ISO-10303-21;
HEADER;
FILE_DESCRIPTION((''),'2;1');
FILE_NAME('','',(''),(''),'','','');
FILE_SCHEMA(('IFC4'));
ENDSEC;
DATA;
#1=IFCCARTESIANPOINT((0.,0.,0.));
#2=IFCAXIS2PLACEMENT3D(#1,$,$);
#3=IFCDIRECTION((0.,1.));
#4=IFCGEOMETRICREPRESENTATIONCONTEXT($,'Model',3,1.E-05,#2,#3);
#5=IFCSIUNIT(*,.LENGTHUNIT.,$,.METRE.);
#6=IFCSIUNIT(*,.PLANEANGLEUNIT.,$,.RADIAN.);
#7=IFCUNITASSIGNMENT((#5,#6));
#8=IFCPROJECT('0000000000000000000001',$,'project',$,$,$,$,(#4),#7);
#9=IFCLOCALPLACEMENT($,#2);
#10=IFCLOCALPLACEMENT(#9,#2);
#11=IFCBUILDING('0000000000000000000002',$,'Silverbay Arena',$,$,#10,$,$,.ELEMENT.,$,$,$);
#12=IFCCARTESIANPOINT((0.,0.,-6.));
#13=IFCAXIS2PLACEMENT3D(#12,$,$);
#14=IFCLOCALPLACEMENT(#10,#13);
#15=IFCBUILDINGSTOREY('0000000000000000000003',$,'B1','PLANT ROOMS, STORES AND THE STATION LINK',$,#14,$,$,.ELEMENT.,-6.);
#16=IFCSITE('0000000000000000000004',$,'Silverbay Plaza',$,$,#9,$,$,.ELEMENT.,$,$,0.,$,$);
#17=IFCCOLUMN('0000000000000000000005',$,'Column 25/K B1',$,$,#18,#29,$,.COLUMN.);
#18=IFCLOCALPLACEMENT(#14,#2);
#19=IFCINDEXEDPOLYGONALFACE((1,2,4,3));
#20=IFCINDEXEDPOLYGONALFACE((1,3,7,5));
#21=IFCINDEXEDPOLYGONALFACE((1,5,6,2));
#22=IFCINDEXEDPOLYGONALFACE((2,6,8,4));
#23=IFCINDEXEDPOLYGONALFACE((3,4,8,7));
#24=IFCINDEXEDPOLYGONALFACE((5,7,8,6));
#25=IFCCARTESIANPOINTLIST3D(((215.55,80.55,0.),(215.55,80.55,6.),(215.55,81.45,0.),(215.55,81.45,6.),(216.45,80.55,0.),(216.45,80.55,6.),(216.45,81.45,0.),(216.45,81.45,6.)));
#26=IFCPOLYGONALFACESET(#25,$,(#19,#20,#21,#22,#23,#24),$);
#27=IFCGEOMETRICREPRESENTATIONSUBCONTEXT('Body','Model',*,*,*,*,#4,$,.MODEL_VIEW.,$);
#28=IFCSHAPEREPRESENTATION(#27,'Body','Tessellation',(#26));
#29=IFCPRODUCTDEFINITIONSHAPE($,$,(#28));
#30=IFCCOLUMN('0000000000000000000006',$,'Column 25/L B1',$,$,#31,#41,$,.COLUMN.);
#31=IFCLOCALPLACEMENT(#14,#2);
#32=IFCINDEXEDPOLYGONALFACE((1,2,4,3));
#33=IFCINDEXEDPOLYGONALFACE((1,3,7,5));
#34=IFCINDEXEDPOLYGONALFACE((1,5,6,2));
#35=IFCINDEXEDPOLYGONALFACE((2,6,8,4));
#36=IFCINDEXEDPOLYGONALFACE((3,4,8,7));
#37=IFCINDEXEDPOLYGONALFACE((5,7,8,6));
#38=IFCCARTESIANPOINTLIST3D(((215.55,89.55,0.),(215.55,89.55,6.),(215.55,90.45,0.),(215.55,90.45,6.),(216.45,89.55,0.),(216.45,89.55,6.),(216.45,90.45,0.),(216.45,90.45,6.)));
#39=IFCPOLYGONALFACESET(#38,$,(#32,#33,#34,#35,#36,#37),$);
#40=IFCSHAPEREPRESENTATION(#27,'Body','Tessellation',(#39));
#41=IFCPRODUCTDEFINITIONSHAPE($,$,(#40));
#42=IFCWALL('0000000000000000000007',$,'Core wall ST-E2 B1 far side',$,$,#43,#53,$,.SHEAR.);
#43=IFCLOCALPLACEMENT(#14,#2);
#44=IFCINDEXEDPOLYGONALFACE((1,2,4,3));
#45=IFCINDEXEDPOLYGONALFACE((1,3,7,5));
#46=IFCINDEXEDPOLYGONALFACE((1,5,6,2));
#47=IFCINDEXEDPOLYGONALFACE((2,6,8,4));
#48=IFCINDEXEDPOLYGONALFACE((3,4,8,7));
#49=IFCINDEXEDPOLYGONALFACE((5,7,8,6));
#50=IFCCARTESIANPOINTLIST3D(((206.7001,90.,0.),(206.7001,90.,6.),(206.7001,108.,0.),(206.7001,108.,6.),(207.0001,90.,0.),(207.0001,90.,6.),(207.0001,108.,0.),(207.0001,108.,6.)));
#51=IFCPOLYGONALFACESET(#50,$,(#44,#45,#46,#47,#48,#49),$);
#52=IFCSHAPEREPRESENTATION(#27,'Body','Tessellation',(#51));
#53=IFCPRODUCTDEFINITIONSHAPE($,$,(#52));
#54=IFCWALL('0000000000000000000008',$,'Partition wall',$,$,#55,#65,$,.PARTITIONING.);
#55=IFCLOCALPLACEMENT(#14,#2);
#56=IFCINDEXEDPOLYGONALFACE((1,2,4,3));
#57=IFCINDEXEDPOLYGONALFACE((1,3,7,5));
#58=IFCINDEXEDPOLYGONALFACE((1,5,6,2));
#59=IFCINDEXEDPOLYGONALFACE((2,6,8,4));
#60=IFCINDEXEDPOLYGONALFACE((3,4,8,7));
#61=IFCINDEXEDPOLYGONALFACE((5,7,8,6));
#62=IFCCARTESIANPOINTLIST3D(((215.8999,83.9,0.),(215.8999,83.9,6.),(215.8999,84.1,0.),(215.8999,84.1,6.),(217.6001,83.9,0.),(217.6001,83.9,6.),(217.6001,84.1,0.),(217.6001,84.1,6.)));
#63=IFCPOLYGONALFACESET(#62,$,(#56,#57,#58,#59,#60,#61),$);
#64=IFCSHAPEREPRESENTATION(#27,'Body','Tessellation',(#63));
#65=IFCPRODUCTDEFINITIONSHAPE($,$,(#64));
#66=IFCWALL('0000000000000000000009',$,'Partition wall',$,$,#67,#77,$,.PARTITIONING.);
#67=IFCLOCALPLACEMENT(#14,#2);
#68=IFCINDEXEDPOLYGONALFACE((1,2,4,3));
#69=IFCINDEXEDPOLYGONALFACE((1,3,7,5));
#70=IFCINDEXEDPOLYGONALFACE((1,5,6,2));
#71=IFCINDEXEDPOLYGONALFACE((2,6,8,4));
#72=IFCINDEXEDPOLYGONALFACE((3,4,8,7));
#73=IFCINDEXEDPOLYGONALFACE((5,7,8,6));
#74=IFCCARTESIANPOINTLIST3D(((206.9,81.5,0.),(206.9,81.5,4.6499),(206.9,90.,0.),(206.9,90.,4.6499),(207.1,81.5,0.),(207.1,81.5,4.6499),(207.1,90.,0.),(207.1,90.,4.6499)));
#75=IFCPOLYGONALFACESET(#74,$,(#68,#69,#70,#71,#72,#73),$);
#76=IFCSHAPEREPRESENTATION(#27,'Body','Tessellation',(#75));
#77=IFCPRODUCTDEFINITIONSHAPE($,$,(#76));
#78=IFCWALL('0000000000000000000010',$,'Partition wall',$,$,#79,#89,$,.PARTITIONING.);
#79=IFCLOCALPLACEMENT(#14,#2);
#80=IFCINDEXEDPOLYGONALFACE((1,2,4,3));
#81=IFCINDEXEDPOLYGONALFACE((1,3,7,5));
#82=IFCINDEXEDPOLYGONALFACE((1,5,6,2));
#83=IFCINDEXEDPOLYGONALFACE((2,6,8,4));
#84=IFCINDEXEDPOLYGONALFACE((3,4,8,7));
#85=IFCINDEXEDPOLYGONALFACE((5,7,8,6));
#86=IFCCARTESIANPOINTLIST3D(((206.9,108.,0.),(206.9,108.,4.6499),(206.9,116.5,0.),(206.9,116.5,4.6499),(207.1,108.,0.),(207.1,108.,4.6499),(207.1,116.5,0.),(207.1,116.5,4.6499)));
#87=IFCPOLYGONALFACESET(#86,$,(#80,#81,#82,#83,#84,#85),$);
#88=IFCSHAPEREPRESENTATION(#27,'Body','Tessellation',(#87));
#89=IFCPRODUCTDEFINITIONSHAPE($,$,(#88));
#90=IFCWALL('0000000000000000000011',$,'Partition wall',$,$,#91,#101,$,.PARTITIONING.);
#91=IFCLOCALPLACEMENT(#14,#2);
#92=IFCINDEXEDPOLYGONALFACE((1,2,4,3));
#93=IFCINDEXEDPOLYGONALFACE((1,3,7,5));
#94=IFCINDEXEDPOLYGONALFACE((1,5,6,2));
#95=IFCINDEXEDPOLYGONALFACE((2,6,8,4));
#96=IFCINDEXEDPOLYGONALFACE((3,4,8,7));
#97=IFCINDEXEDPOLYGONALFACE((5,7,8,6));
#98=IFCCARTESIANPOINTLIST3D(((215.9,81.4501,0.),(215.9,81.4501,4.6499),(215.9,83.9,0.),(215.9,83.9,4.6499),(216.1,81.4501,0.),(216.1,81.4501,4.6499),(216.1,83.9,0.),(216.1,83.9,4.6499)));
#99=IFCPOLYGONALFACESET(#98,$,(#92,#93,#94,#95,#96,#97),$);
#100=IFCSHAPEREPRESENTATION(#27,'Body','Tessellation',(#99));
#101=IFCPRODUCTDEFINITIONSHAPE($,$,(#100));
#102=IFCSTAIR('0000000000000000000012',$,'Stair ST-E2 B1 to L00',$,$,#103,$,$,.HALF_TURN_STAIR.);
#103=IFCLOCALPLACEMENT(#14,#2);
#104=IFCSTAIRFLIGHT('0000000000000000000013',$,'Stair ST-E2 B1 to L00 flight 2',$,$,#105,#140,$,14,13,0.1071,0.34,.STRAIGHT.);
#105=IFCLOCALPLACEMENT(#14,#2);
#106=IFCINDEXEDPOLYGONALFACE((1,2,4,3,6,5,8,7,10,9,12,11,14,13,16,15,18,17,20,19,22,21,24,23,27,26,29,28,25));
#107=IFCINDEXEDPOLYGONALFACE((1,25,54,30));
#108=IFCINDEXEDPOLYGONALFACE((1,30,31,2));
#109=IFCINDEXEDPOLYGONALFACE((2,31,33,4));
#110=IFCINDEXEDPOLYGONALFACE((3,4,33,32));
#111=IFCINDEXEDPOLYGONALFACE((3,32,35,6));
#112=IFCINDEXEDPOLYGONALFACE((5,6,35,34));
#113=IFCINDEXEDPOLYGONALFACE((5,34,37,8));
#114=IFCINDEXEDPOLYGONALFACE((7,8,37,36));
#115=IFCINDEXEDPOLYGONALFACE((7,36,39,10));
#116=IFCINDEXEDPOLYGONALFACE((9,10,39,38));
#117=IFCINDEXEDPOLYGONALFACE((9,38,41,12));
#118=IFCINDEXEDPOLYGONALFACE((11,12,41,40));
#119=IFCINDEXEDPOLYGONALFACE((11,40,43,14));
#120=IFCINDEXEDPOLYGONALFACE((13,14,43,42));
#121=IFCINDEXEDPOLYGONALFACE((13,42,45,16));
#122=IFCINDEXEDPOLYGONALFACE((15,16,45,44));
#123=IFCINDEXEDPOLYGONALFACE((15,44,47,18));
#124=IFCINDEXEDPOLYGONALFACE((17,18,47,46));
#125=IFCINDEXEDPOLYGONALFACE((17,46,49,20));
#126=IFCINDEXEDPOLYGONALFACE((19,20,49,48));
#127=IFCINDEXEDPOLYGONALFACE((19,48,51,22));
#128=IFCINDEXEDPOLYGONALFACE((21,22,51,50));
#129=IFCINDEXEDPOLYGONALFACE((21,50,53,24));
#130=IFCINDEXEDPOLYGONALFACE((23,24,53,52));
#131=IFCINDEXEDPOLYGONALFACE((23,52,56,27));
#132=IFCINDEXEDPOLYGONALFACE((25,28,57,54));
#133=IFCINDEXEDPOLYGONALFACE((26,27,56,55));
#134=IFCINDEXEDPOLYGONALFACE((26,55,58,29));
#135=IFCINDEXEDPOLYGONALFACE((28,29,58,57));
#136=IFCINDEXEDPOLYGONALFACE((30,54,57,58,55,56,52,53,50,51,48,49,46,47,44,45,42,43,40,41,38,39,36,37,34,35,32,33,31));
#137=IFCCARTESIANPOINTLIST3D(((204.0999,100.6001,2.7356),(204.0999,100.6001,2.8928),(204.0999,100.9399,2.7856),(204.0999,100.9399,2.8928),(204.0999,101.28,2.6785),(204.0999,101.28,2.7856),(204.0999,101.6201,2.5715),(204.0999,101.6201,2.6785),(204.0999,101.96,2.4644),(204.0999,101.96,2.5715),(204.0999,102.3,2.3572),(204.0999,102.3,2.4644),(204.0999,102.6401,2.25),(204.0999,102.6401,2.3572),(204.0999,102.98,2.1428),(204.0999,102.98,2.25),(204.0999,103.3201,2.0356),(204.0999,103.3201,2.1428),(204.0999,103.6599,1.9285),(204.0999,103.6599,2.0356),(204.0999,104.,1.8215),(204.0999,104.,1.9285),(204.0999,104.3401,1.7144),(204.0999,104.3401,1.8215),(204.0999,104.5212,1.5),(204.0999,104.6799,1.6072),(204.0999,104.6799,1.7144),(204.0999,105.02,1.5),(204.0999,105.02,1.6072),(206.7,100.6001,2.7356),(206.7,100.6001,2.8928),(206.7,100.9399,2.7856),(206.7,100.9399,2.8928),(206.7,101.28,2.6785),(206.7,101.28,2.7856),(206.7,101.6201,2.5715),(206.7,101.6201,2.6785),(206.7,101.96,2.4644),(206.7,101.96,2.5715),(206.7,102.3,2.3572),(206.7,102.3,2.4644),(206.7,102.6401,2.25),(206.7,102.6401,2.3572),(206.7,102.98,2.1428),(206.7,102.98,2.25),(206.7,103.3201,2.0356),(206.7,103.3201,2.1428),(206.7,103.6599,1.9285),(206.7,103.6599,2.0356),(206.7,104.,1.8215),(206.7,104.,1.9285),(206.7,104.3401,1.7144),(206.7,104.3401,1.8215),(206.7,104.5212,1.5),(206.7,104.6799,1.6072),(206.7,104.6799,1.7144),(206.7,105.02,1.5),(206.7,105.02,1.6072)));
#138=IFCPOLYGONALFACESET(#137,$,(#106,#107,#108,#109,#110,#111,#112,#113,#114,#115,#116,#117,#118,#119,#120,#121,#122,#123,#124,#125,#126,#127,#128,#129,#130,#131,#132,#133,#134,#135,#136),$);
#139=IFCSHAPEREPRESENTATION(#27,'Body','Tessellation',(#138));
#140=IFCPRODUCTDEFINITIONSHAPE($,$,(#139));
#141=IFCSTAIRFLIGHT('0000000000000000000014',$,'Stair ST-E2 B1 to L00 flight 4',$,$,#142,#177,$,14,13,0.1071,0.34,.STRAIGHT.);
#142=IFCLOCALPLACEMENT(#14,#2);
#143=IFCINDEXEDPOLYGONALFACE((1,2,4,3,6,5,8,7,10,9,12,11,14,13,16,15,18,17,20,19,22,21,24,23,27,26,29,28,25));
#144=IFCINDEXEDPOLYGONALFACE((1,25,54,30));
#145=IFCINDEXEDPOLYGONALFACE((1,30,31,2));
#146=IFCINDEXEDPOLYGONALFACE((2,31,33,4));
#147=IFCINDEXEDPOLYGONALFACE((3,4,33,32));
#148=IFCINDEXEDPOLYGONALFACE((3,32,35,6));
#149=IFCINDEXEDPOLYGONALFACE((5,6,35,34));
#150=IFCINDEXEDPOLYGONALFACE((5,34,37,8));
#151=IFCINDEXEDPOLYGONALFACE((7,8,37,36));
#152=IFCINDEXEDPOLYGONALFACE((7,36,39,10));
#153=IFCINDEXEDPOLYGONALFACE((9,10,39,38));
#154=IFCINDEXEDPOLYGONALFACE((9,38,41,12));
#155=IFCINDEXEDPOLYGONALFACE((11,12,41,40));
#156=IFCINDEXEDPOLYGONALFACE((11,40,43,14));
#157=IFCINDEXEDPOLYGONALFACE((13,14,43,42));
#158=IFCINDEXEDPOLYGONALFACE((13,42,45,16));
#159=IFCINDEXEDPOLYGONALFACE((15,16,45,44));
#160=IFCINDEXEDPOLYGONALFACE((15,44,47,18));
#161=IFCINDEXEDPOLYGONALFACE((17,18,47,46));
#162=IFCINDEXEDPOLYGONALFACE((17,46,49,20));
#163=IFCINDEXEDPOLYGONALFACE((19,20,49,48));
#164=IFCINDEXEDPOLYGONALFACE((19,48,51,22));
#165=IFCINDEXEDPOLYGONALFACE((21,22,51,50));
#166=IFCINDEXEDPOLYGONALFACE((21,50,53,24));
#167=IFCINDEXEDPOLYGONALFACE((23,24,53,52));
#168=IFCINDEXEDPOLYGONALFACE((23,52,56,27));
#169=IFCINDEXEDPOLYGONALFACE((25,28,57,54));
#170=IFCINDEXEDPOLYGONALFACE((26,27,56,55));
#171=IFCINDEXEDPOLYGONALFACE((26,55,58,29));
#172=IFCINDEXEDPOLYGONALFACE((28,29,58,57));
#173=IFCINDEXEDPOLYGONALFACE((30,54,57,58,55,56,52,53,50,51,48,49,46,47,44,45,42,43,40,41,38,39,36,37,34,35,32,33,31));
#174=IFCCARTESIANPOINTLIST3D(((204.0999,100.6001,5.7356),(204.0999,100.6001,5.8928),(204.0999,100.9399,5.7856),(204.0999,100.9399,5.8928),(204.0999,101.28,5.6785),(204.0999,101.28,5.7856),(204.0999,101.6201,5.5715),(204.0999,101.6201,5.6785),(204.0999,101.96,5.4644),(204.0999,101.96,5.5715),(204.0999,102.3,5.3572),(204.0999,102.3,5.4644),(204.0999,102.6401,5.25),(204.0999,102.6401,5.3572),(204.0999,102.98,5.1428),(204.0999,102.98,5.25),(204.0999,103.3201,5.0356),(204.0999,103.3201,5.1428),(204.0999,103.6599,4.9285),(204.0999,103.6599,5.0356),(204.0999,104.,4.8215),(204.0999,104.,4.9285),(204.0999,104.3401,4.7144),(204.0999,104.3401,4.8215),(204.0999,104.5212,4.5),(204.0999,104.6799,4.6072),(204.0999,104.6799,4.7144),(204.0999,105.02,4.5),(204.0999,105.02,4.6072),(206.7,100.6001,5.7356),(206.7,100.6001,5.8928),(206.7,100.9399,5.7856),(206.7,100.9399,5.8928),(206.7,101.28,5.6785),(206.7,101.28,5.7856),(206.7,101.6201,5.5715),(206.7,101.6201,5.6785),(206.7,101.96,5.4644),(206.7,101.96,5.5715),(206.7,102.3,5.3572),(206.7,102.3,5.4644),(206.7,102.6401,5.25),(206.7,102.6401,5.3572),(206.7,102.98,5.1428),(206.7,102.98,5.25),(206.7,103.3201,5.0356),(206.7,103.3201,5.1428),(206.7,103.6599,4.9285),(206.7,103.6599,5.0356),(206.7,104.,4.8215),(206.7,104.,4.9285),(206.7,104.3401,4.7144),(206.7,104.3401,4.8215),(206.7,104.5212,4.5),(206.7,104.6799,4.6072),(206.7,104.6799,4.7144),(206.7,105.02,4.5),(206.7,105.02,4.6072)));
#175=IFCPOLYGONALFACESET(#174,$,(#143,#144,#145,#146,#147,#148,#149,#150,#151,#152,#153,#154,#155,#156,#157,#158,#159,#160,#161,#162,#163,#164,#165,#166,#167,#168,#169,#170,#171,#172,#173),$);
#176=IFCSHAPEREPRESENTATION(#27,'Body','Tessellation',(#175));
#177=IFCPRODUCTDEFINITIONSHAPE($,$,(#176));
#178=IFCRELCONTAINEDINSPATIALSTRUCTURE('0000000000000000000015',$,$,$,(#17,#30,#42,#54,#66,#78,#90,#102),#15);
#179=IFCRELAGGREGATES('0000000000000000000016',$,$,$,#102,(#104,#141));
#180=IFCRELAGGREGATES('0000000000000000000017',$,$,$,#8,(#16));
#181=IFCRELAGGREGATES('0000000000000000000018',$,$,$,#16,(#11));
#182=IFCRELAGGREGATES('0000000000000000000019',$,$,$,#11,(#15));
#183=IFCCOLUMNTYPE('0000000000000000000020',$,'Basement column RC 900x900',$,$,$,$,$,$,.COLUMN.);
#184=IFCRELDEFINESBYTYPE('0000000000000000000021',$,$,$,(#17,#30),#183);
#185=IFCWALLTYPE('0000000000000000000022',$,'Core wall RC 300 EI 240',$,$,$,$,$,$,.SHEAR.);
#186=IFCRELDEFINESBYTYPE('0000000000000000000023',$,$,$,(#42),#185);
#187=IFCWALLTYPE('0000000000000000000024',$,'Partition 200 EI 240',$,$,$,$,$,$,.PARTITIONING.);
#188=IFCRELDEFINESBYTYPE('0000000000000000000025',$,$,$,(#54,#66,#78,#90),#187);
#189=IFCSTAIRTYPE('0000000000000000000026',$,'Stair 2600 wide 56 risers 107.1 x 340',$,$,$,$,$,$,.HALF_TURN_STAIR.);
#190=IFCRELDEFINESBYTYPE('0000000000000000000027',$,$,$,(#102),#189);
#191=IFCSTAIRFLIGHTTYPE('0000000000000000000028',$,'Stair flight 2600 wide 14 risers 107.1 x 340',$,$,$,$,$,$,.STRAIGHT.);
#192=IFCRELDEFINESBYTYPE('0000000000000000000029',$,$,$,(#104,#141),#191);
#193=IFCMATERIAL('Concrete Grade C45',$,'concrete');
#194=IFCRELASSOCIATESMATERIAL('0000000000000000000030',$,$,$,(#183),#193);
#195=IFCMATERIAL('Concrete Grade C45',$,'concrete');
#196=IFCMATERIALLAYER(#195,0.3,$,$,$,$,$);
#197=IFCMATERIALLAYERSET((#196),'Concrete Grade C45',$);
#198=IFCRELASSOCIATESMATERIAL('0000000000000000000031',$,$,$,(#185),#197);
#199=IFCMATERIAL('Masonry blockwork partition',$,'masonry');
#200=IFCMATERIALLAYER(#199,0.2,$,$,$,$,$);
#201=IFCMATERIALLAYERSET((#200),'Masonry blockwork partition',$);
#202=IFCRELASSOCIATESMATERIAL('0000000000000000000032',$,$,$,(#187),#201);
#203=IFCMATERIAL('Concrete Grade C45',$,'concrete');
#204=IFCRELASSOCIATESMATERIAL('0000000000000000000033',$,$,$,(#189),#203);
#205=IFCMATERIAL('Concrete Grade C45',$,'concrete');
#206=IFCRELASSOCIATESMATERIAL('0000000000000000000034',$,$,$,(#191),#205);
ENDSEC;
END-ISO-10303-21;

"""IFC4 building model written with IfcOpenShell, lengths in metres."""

from ifc_helpers import new_model, si_unit, direction, frame, frame_2d, origin, origin_2d, place, context, subcontext, project, spatial, polyline, rectangle, outline, extrude, material, layer, layer_set, material_profile, profile_set, type_object, element, aggregate, save


model = new_model("IFC4")

# Units and contexts
model_context = context("Model", 3, precision=1e-05, world=origin(), true_north=direction((0.0, 1.0)))
body_context = subcontext(model_context, "Body", "Model", "MODEL_VIEW")
ifc_project = project(units=[si_unit("LENGTHUNIT", "METRE"), si_unit("PLANEANGLEUNIT", "RADIAN")], contexts=[model_context])

# Site, building, storey
site_placement = place(None, origin())
site = spatial("IfcSite", under=ifc_project, at=site_placement, Name="Silverbay Plaza", CompositionType="ELEMENT", RefElevation=0.0)
building_placement = place(site_placement, origin())
building = spatial("IfcBuilding", under=site, at=building_placement, Name="Silverbay Arena", CompositionType="ELEMENT")
storey_placement = place(building_placement, frame((0.0, 0.0, -6.0)))
storey = spatial("IfcBuildingStorey", under=building, at=storey_placement, Name="B1", Description="PLANT ROOMS, STORES AND THE STATION LINK", CompositionType="ELEMENT", Elevation=-6.0)

# Columns
ifc_material_1 = material(Name="Concrete Grade C45", Category="concrete")
ifc_material_profile_1 = material_profile(ifc_material_1, rectangle(XDim=0.8999, YDim=0.8999, at=origin_2d()), Name="RC 900x900")
ifc_profile_set_1 = profile_set([ifc_material_profile_1], Name="Concrete Grade C45")
column_type_1 = type_object("IfcColumnType", Name="Basement column RC 900x900", PredefinedType="COLUMN", material=ifc_profile_set_1)
for number, where, z_axis, x_axis, name in (
    (1, (216.0, 81.0, 0.0), (0.0, 0.0, 1.0), (1.0, 0.0, 0.0), "Column 25/K B1"),
    (2, (216.0, 90.0, 0.0), (0.0, 0.0, 1.0), (1.0, 0.0, 0.0), "Column 25/L B1"),
):
    element("IfcColumn", number, at=place(storey_placement, frame(where, z_axis=z_axis, x_axis=x_axis)), inside=storey, type_object=column_type_1, Name=name, PredefinedType="COLUMN", context=body_context, shape_type="SweptSolid", body=[
        extrude(rectangle(XDim=0.8999, YDim=0.8999, at=origin_2d()), origin(), (0.0, 0.0, 1.0), 6.0),
    ])

# Walls
ifc_material_2 = material(Name="Concrete Grade C45", Category="concrete")
ifc_layer_1 = layer(ifc_material_2, 0.3)
ifc_layer_set_1 = layer_set([ifc_layer_1], Name="Concrete Grade C45")
wall_type_1 = type_object("IfcWallType", Name="Core wall RC 300 EI 240", PredefinedType="SHEAR", material=ifc_layer_set_1)
wall_1_placement = place(storey_placement, frame((206.8501, 108.0, 0.0), z_axis=(0.0, 0.0, 1.0), x_axis=(0.0, -1.0, 0.0)))
element("IfcWall", 3, at=wall_1_placement, inside=storey, type_object=wall_type_1, Name="Core wall ST-E2 B1 far side", PredefinedType="SHEAR", context=body_context, shape_type="SweptSolid", body=[
    extrude(rectangle(XDim=18.0, YDim=0.3, at=frame_2d((9.0, 0.0))), origin(), (0.0, 0.0, 1.0), 6.0),
])
ifc_material_3 = material(Name="Masonry blockwork partition", Category="masonry")
ifc_layer_2 = layer(ifc_material_3, 0.2)
ifc_layer_set_2 = layer_set([ifc_layer_2], Name="Masonry blockwork partition")
wall_type_2 = type_object("IfcWallType", Name="Partition 200 EI 240", PredefinedType="PARTITIONING", material=ifc_layer_set_2)
wall_2_placement = place(storey_placement, frame((215.8999, 84.0, 0.0), z_axis=(0.0, 0.0, 1.0), x_axis=(1.0, 0.0, 0.0)))
element("IfcWall", 4, at=wall_2_placement, inside=storey, type_object=wall_type_2, Name="Partition wall", PredefinedType="PARTITIONING", context=body_context, shape_type="SweptSolid", body=[
    extrude(rectangle(XDim=1.7002, YDim=0.2, at=frame_2d((0.8501, 0.0))), origin(), (0.0, 0.0, 1.0), 6.0),
])
for number, where, z_axis, x_axis, name in (
    (5, (207.0, 81.5, 0.0), (0.0, 0.0, 1.0), (0.0, 1.0, 0.0), "Partition wall"),
    (6, (207.0, 108.0, 0.0), (0.0, 0.0, 1.0), (0.0, 1.0, 0.0), "Partition wall"),
):
    element("IfcWall", number, at=place(storey_placement, frame(where, z_axis=z_axis, x_axis=x_axis)), inside=storey, type_object=wall_type_2, Name=name, PredefinedType="PARTITIONING", context=body_context, shape_type="SweptSolid", body=[
        extrude(rectangle(XDim=8.5, YDim=0.2, at=frame_2d((4.25, 0.0))), origin(), (0.0, 0.0, 1.0), 4.6499),
    ])
wall_3_placement = place(storey_placement, frame((216.0, 81.45, 0.0), z_axis=(0.0, 0.0, 1.0), x_axis=(0.0, 1.0, 0.0)))
element("IfcWall", 7, at=wall_3_placement, inside=storey, type_object=wall_type_2, Name="Partition wall", PredefinedType="PARTITIONING", context=body_context, shape_type="SweptSolid", body=[
    extrude(rectangle(XDim=2.45, YDim=0.2, at=frame_2d((1.2251, 0.0))), origin(), (0.0, 0.0, 1.0), 4.6499),
])

# Stair, stair flights
ifc_material_4 = material(Name="Concrete Grade C45", Category="concrete")
stair_type = type_object("IfcStairType", Name="Stair 2600 wide 56 risers 107.1 x 340", PredefinedType="HALF_TURN_STAIR", material=ifc_material_4)
stair_placement = place(storey_placement, origin())
stair = element("IfcStair", 8, at=stair_placement, inside=storey, type_object=stair_type, Name="Stair ST-E2 B1 to L00", PredefinedType="HALF_TURN_STAIR")
ifc_material_5 = material(Name="Concrete Grade C45", Category="concrete")
stair_flight_type = type_object("IfcStairFlightType", Name="Stair flight 2600 wide 14 risers 107.1 x 340", PredefinedType="STRAIGHT", material=ifc_material_5)
stair_flight_1_placement = place(storey_placement, frame((205.3999, 105.02, 1.5), z_axis=(0.0, 0.0, 1.0), x_axis=(0.0, -1.0, 0.0)))
stair_flight_1 = element("IfcStairFlight", 9, at=stair_flight_1_placement, type_object=stair_flight_type, Name="Stair ST-E2 B1 to L00 flight 2", NumberOfRisers=14, NumberOfTreads=13, PredefinedType="STRAIGHT", RiserHeight=0.1071, TreadLength=0.34, context=body_context, shape_type="SweptSolid", body=[
    extrude(outline(polyline([(0.0, 0.0), (0.0, 0.1072), (0.3401, 0.1072), (0.3401, 0.2144), (0.6799, 0.2144), (0.6799, 0.3215), (1.02, 0.3215), (1.02, 0.4285), (1.3601, 0.4285), (1.3601, 0.5356), (1.7, 0.5356), (1.7, 0.6428), (2.04, 0.6428), (2.04, 0.75), (2.3799, 0.75), (2.3799, 0.8572), (2.72, 0.8572), (2.72, 0.9644), (3.0601, 0.9644), (3.0601, 1.0715), (3.3999, 1.0715), (3.3999, 1.1785), (3.74, 1.1785), (3.74, 1.2856), (4.0801, 1.2856), (4.0801, 1.3928), (4.4199, 1.3928), (4.4199, 1.2356), (0.4988, 0.0), (0.0, 0.0)])), frame((0.0, 1.3, 0.0), z_axis=(0.0, -1.0, 0.0), x_axis=(1.0, 0.0, 0.0)), (0.0, 0.0, 1.0), 2.6001),
])
stair_flight_2_placement = place(storey_placement, frame((205.3999, 105.02, 4.5), z_axis=(0.0, 0.0, 1.0), x_axis=(0.0, -1.0, 0.0)))
stair_flight_2 = element("IfcStairFlight", 10, at=stair_flight_2_placement, type_object=stair_flight_type, Name="Stair ST-E2 B1 to L00 flight 4", NumberOfRisers=14, NumberOfTreads=13, PredefinedType="STRAIGHT", RiserHeight=0.1071, TreadLength=0.34, context=body_context, shape_type="SweptSolid", body=[
    extrude(outline(polyline([(0.0, 0.0), (0.0, 0.1072), (0.3401, 0.1072), (0.3401, 0.2144), (0.6799, 0.2144), (0.6799, 0.3215), (1.02, 0.3215), (1.02, 0.4285), (1.3601, 0.4285), (1.3601, 0.5356), (1.7, 0.5356), (1.7, 0.6428), (2.04, 0.6428), (2.04, 0.75), (2.3799, 0.75), (2.3799, 0.8572), (2.72, 0.8572), (2.72, 0.9644), (3.0601, 0.9644), (3.0601, 1.0715), (3.3999, 1.0715), (3.3999, 1.1785), (3.74, 1.1785), (3.74, 1.2856), (4.0801, 1.2856), (4.0801, 1.3928), (4.4199, 1.3928), (4.4199, 1.2356), (0.4988, 0.0), (0.0, 0.0)])), frame((0.0, 1.3, 0.0), z_axis=(0.0, -1.0, 0.0), x_axis=(1.0, 0.0, 0.0)), (0.0, 0.0, 1.0), 2.6001),
])
aggregate(stair, [stair_flight_1, stair_flight_2])

save(model, "model.ifc")
